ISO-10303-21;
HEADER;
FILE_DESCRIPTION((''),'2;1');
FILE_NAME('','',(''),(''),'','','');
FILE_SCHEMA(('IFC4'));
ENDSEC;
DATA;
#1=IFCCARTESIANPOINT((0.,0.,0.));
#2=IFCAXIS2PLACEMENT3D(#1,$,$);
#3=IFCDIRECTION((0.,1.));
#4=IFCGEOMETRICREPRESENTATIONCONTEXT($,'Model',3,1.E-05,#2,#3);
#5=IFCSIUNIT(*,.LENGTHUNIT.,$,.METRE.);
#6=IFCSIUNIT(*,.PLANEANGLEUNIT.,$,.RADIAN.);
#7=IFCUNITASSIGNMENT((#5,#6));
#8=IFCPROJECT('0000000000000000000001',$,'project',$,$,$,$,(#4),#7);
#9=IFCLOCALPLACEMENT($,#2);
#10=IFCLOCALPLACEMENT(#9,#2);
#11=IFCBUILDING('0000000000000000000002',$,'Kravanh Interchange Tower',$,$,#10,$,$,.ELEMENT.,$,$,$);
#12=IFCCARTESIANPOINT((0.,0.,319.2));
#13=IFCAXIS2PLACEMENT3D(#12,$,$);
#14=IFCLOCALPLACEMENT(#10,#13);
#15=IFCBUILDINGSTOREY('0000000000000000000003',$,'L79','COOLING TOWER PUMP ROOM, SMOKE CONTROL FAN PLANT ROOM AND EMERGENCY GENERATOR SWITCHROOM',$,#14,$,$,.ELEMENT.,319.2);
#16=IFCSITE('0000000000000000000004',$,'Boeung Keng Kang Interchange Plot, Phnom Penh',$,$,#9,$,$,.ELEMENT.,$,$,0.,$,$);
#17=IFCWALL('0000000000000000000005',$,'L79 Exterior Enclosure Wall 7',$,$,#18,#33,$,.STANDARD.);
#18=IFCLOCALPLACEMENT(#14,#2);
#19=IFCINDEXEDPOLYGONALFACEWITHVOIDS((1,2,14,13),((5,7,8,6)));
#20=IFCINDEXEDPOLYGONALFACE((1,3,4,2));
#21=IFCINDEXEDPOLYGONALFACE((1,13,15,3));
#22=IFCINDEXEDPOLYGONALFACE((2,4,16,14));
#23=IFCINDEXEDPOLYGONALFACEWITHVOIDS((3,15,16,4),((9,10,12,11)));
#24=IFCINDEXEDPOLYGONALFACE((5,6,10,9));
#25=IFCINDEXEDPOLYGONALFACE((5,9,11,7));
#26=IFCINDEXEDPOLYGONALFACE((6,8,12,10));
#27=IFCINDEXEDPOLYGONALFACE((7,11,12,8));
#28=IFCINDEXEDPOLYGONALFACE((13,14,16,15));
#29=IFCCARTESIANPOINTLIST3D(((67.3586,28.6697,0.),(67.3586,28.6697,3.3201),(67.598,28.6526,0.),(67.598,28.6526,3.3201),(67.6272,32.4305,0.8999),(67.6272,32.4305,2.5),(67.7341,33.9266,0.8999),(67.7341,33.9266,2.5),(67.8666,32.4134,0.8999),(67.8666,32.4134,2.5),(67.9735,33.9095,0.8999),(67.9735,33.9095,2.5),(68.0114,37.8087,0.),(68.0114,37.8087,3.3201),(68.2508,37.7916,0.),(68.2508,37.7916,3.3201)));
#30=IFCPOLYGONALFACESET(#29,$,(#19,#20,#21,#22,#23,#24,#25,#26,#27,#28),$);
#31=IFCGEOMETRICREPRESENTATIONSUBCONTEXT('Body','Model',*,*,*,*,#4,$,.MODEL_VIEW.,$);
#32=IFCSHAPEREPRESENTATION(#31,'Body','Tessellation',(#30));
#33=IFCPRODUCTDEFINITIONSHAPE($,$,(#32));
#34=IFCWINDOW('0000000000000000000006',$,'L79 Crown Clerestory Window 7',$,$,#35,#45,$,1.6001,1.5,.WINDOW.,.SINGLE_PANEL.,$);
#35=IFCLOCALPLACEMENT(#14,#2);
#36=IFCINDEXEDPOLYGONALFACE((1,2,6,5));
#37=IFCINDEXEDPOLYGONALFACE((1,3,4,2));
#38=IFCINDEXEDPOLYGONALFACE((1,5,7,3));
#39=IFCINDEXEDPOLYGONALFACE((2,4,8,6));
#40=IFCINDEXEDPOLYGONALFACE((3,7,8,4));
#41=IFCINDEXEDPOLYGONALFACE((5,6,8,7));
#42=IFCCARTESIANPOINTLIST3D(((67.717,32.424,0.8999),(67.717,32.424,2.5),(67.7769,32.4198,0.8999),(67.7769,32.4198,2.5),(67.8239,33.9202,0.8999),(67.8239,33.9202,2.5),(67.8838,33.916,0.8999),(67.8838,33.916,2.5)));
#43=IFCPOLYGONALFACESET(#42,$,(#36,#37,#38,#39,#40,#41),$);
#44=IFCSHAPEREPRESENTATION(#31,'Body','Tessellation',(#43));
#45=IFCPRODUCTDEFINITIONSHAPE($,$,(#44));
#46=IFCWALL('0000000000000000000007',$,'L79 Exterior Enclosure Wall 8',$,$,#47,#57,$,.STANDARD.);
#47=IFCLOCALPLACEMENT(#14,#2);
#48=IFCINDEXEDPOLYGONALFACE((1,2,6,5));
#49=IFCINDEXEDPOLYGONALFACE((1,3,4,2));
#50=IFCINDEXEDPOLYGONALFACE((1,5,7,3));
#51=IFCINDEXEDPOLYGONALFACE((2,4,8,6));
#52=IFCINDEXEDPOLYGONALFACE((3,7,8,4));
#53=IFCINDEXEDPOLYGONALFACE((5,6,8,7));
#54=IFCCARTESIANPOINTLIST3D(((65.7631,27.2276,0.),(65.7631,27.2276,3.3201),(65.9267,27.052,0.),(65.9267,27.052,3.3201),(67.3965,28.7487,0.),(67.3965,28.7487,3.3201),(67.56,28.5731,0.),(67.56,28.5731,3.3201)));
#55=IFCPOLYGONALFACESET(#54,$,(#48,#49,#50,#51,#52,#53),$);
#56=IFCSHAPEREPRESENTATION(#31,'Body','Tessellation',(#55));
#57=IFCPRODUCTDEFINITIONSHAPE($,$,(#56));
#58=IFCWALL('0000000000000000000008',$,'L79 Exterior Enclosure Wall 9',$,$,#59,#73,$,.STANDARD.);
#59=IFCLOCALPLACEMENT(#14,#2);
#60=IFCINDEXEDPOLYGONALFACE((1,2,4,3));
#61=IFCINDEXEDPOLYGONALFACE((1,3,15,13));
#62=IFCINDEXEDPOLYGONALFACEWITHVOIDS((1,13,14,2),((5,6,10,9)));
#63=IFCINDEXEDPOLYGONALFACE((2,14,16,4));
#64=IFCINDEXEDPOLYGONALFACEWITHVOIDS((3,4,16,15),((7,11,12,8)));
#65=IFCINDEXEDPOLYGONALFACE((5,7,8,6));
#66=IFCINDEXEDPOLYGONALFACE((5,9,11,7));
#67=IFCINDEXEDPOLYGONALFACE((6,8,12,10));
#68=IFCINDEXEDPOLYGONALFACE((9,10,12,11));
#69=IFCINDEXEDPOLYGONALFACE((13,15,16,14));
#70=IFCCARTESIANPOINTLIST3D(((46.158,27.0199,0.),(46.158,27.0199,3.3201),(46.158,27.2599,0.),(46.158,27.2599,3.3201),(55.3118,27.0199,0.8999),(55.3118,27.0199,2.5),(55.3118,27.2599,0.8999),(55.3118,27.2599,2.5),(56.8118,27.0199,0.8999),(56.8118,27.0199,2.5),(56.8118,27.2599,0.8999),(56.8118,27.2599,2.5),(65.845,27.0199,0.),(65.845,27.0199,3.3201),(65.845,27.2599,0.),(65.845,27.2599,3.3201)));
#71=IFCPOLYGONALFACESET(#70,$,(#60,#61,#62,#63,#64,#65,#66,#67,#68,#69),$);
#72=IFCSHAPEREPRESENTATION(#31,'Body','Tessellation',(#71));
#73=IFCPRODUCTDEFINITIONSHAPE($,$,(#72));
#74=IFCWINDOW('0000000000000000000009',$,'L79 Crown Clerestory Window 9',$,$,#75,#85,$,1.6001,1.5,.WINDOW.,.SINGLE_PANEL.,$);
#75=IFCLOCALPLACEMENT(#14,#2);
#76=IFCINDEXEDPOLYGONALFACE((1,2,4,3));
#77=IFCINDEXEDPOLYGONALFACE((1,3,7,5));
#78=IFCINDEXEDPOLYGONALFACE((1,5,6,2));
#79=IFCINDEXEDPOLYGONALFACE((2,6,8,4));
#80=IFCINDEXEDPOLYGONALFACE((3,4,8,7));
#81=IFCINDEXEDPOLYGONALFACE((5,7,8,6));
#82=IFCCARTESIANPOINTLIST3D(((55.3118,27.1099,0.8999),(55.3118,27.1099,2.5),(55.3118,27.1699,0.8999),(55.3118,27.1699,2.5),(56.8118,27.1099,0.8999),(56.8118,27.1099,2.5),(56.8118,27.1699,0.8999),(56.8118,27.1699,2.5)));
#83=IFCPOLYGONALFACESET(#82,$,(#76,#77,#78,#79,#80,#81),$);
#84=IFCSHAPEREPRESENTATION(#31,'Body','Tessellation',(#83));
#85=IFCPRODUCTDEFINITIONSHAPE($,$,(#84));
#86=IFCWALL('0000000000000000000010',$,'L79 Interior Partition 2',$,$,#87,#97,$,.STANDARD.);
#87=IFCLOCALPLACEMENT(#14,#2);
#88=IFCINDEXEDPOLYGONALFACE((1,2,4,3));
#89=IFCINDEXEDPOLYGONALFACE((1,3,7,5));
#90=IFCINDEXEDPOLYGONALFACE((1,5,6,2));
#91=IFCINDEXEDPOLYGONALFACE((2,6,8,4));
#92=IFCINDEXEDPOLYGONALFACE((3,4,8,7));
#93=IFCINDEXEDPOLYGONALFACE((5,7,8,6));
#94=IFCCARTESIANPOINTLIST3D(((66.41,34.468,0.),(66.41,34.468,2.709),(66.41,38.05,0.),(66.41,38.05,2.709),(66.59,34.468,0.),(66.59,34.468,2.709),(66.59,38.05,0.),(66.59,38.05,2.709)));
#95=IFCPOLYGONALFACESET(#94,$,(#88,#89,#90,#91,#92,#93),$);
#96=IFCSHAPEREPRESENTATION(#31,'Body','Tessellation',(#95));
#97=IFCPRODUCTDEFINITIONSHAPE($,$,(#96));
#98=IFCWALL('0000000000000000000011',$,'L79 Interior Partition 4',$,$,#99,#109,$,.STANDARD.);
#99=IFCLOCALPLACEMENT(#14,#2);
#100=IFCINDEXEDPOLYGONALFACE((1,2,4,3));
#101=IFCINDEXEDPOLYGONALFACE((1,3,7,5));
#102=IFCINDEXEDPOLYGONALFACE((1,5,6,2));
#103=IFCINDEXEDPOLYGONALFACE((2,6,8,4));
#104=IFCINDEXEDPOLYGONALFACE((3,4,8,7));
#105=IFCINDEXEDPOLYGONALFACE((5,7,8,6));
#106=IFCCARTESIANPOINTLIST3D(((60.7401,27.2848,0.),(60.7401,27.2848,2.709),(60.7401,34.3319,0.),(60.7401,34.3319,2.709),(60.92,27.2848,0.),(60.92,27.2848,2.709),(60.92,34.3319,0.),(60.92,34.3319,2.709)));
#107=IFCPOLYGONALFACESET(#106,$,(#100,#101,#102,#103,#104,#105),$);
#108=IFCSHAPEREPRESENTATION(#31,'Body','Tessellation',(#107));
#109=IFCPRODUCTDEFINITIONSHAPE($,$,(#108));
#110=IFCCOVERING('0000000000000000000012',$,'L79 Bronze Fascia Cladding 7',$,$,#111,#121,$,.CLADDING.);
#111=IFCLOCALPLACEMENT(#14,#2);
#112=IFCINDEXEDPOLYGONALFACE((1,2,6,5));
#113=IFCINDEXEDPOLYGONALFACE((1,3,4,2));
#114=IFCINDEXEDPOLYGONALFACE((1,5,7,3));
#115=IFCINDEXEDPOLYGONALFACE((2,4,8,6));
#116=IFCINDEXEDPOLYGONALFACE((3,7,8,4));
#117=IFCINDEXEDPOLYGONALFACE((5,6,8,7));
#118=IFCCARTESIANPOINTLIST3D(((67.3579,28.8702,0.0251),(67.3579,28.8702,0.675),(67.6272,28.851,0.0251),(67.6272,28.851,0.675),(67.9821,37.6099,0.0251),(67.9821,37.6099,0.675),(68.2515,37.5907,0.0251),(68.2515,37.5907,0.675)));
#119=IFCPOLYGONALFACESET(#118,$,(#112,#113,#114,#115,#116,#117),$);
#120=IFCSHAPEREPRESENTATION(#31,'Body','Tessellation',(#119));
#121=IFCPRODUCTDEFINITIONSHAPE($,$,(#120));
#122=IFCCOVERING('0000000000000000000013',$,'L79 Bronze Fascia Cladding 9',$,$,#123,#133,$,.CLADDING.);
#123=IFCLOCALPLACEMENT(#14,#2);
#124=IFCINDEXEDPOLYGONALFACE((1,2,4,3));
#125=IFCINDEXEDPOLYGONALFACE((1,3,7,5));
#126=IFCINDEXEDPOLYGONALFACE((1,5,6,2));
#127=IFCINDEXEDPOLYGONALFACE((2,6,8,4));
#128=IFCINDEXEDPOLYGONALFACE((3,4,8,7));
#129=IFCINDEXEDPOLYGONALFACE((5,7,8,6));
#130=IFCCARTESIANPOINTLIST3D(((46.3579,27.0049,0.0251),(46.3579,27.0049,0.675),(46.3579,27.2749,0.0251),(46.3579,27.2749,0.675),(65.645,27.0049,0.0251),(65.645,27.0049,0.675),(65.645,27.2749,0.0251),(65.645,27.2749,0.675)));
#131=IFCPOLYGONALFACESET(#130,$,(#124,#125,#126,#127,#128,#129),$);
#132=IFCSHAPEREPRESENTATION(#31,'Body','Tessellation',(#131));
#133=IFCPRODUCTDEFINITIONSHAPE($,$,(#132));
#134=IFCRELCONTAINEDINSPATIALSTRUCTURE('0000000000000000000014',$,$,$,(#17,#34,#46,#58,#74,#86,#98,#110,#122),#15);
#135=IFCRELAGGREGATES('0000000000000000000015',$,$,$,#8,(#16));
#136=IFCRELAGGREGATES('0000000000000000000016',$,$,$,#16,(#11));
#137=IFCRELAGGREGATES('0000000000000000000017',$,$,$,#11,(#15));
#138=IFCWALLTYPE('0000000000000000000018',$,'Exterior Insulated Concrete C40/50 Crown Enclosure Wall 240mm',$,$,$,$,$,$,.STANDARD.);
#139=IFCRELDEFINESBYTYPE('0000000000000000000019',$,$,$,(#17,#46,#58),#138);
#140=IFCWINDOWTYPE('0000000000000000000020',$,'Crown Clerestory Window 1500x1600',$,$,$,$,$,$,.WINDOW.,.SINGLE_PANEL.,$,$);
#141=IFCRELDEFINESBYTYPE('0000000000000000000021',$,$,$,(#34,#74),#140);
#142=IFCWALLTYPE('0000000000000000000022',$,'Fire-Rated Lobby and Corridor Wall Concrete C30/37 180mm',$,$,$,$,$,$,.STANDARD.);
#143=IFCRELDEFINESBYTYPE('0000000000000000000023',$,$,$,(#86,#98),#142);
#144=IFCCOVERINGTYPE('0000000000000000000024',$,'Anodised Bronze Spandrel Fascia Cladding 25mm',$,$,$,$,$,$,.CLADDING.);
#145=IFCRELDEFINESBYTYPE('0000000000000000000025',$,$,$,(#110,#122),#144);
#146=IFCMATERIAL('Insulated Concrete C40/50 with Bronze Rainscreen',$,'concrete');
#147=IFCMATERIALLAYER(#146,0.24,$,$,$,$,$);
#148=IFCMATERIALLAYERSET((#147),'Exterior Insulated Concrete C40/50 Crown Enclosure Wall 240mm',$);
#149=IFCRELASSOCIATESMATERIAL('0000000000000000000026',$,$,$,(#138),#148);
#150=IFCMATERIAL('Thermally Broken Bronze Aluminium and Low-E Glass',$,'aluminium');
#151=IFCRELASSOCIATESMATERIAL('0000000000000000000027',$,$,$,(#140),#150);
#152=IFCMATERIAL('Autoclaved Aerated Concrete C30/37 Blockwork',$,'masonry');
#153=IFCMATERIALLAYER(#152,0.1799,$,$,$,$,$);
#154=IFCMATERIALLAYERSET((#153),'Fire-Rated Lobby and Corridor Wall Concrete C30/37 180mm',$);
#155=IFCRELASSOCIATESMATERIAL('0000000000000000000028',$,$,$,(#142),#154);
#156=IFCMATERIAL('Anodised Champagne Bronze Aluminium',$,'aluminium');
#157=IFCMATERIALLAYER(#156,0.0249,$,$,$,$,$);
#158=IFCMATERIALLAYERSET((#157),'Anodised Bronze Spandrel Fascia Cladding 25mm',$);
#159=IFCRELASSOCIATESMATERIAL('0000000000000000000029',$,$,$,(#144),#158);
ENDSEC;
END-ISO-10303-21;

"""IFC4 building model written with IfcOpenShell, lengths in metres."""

from ifc_helpers import new_model, si_unit, direction, frame, frame_2d, origin, origin_2d, place, context, subcontext, project, spatial, rectangle, extrude, material, layer, layer_set, type_object, element, fill, save


model = new_model("IFC4")

# Units and contexts
model_context = context("Model", 3, precision=1e-05, world=origin(), true_north=direction((0.0, 1.0)))
body_context = subcontext(model_context, "Body", "Model", "MODEL_VIEW")
ifc_project = project(units=[si_unit("LENGTHUNIT", "METRE"), si_unit("PLANEANGLEUNIT", "RADIAN")], contexts=[model_context])

# Site, building, storey
site_placement = place(None, origin())
site = spatial("IfcSite", under=ifc_project, at=site_placement, Name="Boeung Keng Kang Interchange Plot, Phnom Penh", CompositionType="ELEMENT", RefElevation=0.0)
building_placement = place(site_placement, origin())
building = spatial("IfcBuilding", under=site, at=building_placement, Name="Kravanh Interchange Tower", CompositionType="ELEMENT")
storey_placement = place(building_placement, frame((0.0, 0.0, 319.2)))
storey = spatial("IfcBuildingStorey", under=building, at=storey_placement, Name="L79", Description="COOLING TOWER PUMP ROOM, SMOKE CONTROL FAN PLANT ROOM AND EMERGENCY GENERATOR SWITCHROOM", CompositionType="ELEMENT", Elevation=319.2)

# Wall, opening, window
ifc_material_1 = material(Name="Insulated Concrete C40/50 with Bronze Rainscreen", Category="concrete")
ifc_layer_1 = layer(ifc_material_1, 0.24)
ifc_layer_set_1 = layer_set([ifc_layer_1], Name="Exterior Insulated Concrete C40/50 Crown Enclosure Wall 240mm")
wall_type_1 = type_object("IfcWallType", Name="Exterior Insulated Concrete C40/50 Crown Enclosure Wall 240mm", PredefinedType="STANDARD", material=ifc_layer_set_1)
wall_1_placement = place(storey_placement, frame((68.1311, 37.8, 0.0), z_axis=(0.0, 0.0, 1.0), x_axis=(-0.071251, -0.997458, 0.0)))
wall_1 = element("IfcWall", 1, at=wall_1_placement, inside=storey, type_object=wall_type_1, Name="L79 Exterior Enclosure Wall 7", PredefinedType="STANDARD", context=body_context, shape_type="SweptSolid", body=[
    extrude(rectangle(XDim=9.1624, YDim=0.24, at=frame_2d((4.5811, 0.0))), origin(), (0.0, 0.0, 1.0), 3.3201),
])
opening_1_placement = place(wall_1_placement, frame((3.8918, 0.0, 0.8999)))
opening_1 = element("IfcOpeningElement", 2, at=opening_1_placement, cuts=wall_1, PredefinedType="OPENING", context=body_context, shape_type="SweptSolid", body=[
    extrude(rectangle(XDim=1.5, YDim=1.6001, at=frame_2d((0.75, 0.8))), frame((0.0, 0.1299, 0.0), z_axis=(0.0, -1.0, 0.0), x_axis=(1.0, 0.0, 0.0)), (0.0, 0.0, 1.0), 0.26),
])
ifc_material_2 = material(Name="Thermally Broken Bronze Aluminium and Low-E Glass", Category="aluminium")
window_type = type_object("IfcWindowType", Name="Crown Clerestory Window 1500x1600", PartitioningType="SINGLE_PANEL", PredefinedType="WINDOW", material=ifc_material_2)
window_1_placement = place(opening_1_placement, origin())
window_1 = element("IfcWindow", 3, at=window_1_placement, inside=storey, type_object=window_type, Name="L79 Crown Clerestory Window 7", OverallHeight=1.6001, OverallWidth=1.5, PartitioningType="SINGLE_PANEL", PredefinedType="WINDOW", context=body_context, shape_type="SweptSolid", body=[
    extrude(rectangle(XDim=1.5, YDim=1.6001, at=frame_2d((0.75, 0.8))), frame((0.0, 0.03, 0.0), z_axis=(0.0, -1.0, 0.0), x_axis=(1.0, 0.0, 0.0)), (0.0, 0.0, 1.0), 0.0601),
])
fill(opening_1, window_1)

# Wall
wall_2_placement = place(storey_placement, frame((67.4783, 28.6609, 0.0), z_axis=(0.0, 0.0, 1.0), x_axis=(-0.731819, -0.681499, 0.0)))
element("IfcWall", 4, at=wall_2_placement, inside=storey, type_object=wall_type_1, Name="L79 Exterior Enclosure Wall 8", PredefinedType="STANDARD", context=body_context, shape_type="SweptSolid", body=[
    extrude(rectangle(XDim=2.2319, YDim=0.24, at=frame_2d((1.116, 0.0))), origin(), (0.0, 0.0, 1.0), 3.3201),
])

# Wall, opening, window
wall_3_placement = place(storey_placement, frame((65.845, 27.1399, 0.0), z_axis=(0.0, 0.0, 1.0), x_axis=(-1.0, 0.0, 0.0)))
wall_3 = element("IfcWall", 5, at=wall_3_placement, inside=storey, type_object=wall_type_1, Name="L79 Exterior Enclosure Wall 9", PredefinedType="STANDARD", context=body_context, shape_type="SweptSolid", body=[
    extrude(rectangle(XDim=19.687, YDim=0.24, at=frame_2d((9.8435, 0.0))), origin(), (0.0, 0.0, 1.0), 3.3201),
])
opening_2_placement = place(wall_3_placement, frame((9.0332, 0.0, 0.8999)))
opening_2 = element("IfcOpeningElement", 6, at=opening_2_placement, cuts=wall_3, PredefinedType="OPENING", context=body_context, shape_type="SweptSolid", body=[
    extrude(rectangle(XDim=1.5, YDim=1.6001, at=frame_2d((0.75, 0.8))), frame((0.0, 0.1299, 0.0), z_axis=(0.0, -1.0, 0.0), x_axis=(1.0, 0.0, 0.0)), (0.0, 0.0, 1.0), 0.26),
])
window_2_placement = place(opening_2_placement, origin())
window_2 = element("IfcWindow", 7, at=window_2_placement, inside=storey, type_object=window_type, Name="L79 Crown Clerestory Window 9", OverallHeight=1.6001, OverallWidth=1.5, PartitioningType="SINGLE_PANEL", PredefinedType="WINDOW", context=body_context, shape_type="SweptSolid", body=[
    extrude(rectangle(XDim=1.5, YDim=1.6001, at=frame_2d((0.75, 0.8))), frame((0.0, 0.03, 0.0), z_axis=(0.0, -1.0, 0.0), x_axis=(1.0, 0.0, 0.0)), (0.0, 0.0, 1.0), 0.0601),
])
fill(opening_2, window_2)

# Walls
ifc_material_3 = material(Name="Autoclaved Aerated Concrete C30/37 Blockwork", Category="masonry")
ifc_layer_2 = layer(ifc_material_3, 0.1799)
ifc_layer_set_2 = layer_set([ifc_layer_2], Name="Fire-Rated Lobby and Corridor Wall Concrete C30/37 180mm")
wall_type_2 = type_object("IfcWallType", Name="Fire-Rated Lobby and Corridor Wall Concrete C30/37 180mm", PredefinedType="STANDARD", material=ifc_layer_set_2)
wall_4_placement = place(storey_placement, frame((66.5, 34.468, 0.0), z_axis=(0.0, 0.0, 1.0), x_axis=(0.0, 1.0, 0.0)))
element("IfcWall", 8, at=wall_4_placement, inside=storey, type_object=wall_type_2, Name="L79 Interior Partition 2", PredefinedType="STANDARD", context=body_context, shape_type="SweptSolid", body=[
    extrude(rectangle(XDim=3.582, YDim=0.1799, at=frame_2d((1.791, 0.0))), origin(), (0.0, 0.0, 1.0), 2.709),
])
wall_5_placement = place(storey_placement, frame((60.8301, 27.2849, 0.0), z_axis=(0.0, 0.0, 1.0), x_axis=(0.0, 1.0, 0.0)))
element("IfcWall", 9, at=wall_5_placement, inside=storey, type_object=wall_type_2, Name="L79 Interior Partition 4", PredefinedType="STANDARD", context=body_context, shape_type="SweptSolid", body=[
    extrude(rectangle(XDim=7.0471, YDim=0.1799, at=frame_2d((3.5234, 0.0))), origin(), (0.0, 0.0, 1.0), 2.709),
])

# Coverings
ifc_material_4 = material(Name="Anodised Champagne Bronze Aluminium", Category="aluminium")
ifc_layer_3 = layer(ifc_material_4, 0.0249)
ifc_layer_set_3 = layer_set([ifc_layer_3], Name="Anodised Bronze Spandrel Fascia Cladding 25mm")
covering_type = type_object("IfcCoveringType", Name="Anodised Bronze Spandrel Fascia Cladding 25mm", PredefinedType="CLADDING", material=ifc_layer_set_3)
covering_1_placement = place(storey_placement, frame((67.8047, 33.2305, 0.0251), z_axis=(0.0, 0.0, 1.0), x_axis=(-0.071246, -0.997459, 0.0)))
element("IfcCovering", 10, at=covering_1_placement, inside=storey, type_object=covering_type, Name="L79 Bronze Fascia Cladding 7", PredefinedType="CLADDING", context=body_context, shape_type="SweptSolid", body=[
    extrude(rectangle(XDim=8.762, YDim=0.27, at=origin_2d()), origin(), (0.0, 0.0, 1.0), 0.6499),
])
covering_2_placement = place(storey_placement, frame((56.0015, 27.1399, 0.0251), z_axis=(0.0, 0.0, 1.0), x_axis=(-1.0, 0.0, 0.0)))
element("IfcCovering", 11, at=covering_2_placement, inside=storey, type_object=covering_type, Name="L79 Bronze Fascia Cladding 9", PredefinedType="CLADDING", context=body_context, shape_type="SweptSolid", body=[
    extrude(rectangle(XDim=19.2871, YDim=0.27, at=origin_2d()), origin(), (0.0, 0.0, 1.0), 0.6499),
])

save(model, "model.ifc")
